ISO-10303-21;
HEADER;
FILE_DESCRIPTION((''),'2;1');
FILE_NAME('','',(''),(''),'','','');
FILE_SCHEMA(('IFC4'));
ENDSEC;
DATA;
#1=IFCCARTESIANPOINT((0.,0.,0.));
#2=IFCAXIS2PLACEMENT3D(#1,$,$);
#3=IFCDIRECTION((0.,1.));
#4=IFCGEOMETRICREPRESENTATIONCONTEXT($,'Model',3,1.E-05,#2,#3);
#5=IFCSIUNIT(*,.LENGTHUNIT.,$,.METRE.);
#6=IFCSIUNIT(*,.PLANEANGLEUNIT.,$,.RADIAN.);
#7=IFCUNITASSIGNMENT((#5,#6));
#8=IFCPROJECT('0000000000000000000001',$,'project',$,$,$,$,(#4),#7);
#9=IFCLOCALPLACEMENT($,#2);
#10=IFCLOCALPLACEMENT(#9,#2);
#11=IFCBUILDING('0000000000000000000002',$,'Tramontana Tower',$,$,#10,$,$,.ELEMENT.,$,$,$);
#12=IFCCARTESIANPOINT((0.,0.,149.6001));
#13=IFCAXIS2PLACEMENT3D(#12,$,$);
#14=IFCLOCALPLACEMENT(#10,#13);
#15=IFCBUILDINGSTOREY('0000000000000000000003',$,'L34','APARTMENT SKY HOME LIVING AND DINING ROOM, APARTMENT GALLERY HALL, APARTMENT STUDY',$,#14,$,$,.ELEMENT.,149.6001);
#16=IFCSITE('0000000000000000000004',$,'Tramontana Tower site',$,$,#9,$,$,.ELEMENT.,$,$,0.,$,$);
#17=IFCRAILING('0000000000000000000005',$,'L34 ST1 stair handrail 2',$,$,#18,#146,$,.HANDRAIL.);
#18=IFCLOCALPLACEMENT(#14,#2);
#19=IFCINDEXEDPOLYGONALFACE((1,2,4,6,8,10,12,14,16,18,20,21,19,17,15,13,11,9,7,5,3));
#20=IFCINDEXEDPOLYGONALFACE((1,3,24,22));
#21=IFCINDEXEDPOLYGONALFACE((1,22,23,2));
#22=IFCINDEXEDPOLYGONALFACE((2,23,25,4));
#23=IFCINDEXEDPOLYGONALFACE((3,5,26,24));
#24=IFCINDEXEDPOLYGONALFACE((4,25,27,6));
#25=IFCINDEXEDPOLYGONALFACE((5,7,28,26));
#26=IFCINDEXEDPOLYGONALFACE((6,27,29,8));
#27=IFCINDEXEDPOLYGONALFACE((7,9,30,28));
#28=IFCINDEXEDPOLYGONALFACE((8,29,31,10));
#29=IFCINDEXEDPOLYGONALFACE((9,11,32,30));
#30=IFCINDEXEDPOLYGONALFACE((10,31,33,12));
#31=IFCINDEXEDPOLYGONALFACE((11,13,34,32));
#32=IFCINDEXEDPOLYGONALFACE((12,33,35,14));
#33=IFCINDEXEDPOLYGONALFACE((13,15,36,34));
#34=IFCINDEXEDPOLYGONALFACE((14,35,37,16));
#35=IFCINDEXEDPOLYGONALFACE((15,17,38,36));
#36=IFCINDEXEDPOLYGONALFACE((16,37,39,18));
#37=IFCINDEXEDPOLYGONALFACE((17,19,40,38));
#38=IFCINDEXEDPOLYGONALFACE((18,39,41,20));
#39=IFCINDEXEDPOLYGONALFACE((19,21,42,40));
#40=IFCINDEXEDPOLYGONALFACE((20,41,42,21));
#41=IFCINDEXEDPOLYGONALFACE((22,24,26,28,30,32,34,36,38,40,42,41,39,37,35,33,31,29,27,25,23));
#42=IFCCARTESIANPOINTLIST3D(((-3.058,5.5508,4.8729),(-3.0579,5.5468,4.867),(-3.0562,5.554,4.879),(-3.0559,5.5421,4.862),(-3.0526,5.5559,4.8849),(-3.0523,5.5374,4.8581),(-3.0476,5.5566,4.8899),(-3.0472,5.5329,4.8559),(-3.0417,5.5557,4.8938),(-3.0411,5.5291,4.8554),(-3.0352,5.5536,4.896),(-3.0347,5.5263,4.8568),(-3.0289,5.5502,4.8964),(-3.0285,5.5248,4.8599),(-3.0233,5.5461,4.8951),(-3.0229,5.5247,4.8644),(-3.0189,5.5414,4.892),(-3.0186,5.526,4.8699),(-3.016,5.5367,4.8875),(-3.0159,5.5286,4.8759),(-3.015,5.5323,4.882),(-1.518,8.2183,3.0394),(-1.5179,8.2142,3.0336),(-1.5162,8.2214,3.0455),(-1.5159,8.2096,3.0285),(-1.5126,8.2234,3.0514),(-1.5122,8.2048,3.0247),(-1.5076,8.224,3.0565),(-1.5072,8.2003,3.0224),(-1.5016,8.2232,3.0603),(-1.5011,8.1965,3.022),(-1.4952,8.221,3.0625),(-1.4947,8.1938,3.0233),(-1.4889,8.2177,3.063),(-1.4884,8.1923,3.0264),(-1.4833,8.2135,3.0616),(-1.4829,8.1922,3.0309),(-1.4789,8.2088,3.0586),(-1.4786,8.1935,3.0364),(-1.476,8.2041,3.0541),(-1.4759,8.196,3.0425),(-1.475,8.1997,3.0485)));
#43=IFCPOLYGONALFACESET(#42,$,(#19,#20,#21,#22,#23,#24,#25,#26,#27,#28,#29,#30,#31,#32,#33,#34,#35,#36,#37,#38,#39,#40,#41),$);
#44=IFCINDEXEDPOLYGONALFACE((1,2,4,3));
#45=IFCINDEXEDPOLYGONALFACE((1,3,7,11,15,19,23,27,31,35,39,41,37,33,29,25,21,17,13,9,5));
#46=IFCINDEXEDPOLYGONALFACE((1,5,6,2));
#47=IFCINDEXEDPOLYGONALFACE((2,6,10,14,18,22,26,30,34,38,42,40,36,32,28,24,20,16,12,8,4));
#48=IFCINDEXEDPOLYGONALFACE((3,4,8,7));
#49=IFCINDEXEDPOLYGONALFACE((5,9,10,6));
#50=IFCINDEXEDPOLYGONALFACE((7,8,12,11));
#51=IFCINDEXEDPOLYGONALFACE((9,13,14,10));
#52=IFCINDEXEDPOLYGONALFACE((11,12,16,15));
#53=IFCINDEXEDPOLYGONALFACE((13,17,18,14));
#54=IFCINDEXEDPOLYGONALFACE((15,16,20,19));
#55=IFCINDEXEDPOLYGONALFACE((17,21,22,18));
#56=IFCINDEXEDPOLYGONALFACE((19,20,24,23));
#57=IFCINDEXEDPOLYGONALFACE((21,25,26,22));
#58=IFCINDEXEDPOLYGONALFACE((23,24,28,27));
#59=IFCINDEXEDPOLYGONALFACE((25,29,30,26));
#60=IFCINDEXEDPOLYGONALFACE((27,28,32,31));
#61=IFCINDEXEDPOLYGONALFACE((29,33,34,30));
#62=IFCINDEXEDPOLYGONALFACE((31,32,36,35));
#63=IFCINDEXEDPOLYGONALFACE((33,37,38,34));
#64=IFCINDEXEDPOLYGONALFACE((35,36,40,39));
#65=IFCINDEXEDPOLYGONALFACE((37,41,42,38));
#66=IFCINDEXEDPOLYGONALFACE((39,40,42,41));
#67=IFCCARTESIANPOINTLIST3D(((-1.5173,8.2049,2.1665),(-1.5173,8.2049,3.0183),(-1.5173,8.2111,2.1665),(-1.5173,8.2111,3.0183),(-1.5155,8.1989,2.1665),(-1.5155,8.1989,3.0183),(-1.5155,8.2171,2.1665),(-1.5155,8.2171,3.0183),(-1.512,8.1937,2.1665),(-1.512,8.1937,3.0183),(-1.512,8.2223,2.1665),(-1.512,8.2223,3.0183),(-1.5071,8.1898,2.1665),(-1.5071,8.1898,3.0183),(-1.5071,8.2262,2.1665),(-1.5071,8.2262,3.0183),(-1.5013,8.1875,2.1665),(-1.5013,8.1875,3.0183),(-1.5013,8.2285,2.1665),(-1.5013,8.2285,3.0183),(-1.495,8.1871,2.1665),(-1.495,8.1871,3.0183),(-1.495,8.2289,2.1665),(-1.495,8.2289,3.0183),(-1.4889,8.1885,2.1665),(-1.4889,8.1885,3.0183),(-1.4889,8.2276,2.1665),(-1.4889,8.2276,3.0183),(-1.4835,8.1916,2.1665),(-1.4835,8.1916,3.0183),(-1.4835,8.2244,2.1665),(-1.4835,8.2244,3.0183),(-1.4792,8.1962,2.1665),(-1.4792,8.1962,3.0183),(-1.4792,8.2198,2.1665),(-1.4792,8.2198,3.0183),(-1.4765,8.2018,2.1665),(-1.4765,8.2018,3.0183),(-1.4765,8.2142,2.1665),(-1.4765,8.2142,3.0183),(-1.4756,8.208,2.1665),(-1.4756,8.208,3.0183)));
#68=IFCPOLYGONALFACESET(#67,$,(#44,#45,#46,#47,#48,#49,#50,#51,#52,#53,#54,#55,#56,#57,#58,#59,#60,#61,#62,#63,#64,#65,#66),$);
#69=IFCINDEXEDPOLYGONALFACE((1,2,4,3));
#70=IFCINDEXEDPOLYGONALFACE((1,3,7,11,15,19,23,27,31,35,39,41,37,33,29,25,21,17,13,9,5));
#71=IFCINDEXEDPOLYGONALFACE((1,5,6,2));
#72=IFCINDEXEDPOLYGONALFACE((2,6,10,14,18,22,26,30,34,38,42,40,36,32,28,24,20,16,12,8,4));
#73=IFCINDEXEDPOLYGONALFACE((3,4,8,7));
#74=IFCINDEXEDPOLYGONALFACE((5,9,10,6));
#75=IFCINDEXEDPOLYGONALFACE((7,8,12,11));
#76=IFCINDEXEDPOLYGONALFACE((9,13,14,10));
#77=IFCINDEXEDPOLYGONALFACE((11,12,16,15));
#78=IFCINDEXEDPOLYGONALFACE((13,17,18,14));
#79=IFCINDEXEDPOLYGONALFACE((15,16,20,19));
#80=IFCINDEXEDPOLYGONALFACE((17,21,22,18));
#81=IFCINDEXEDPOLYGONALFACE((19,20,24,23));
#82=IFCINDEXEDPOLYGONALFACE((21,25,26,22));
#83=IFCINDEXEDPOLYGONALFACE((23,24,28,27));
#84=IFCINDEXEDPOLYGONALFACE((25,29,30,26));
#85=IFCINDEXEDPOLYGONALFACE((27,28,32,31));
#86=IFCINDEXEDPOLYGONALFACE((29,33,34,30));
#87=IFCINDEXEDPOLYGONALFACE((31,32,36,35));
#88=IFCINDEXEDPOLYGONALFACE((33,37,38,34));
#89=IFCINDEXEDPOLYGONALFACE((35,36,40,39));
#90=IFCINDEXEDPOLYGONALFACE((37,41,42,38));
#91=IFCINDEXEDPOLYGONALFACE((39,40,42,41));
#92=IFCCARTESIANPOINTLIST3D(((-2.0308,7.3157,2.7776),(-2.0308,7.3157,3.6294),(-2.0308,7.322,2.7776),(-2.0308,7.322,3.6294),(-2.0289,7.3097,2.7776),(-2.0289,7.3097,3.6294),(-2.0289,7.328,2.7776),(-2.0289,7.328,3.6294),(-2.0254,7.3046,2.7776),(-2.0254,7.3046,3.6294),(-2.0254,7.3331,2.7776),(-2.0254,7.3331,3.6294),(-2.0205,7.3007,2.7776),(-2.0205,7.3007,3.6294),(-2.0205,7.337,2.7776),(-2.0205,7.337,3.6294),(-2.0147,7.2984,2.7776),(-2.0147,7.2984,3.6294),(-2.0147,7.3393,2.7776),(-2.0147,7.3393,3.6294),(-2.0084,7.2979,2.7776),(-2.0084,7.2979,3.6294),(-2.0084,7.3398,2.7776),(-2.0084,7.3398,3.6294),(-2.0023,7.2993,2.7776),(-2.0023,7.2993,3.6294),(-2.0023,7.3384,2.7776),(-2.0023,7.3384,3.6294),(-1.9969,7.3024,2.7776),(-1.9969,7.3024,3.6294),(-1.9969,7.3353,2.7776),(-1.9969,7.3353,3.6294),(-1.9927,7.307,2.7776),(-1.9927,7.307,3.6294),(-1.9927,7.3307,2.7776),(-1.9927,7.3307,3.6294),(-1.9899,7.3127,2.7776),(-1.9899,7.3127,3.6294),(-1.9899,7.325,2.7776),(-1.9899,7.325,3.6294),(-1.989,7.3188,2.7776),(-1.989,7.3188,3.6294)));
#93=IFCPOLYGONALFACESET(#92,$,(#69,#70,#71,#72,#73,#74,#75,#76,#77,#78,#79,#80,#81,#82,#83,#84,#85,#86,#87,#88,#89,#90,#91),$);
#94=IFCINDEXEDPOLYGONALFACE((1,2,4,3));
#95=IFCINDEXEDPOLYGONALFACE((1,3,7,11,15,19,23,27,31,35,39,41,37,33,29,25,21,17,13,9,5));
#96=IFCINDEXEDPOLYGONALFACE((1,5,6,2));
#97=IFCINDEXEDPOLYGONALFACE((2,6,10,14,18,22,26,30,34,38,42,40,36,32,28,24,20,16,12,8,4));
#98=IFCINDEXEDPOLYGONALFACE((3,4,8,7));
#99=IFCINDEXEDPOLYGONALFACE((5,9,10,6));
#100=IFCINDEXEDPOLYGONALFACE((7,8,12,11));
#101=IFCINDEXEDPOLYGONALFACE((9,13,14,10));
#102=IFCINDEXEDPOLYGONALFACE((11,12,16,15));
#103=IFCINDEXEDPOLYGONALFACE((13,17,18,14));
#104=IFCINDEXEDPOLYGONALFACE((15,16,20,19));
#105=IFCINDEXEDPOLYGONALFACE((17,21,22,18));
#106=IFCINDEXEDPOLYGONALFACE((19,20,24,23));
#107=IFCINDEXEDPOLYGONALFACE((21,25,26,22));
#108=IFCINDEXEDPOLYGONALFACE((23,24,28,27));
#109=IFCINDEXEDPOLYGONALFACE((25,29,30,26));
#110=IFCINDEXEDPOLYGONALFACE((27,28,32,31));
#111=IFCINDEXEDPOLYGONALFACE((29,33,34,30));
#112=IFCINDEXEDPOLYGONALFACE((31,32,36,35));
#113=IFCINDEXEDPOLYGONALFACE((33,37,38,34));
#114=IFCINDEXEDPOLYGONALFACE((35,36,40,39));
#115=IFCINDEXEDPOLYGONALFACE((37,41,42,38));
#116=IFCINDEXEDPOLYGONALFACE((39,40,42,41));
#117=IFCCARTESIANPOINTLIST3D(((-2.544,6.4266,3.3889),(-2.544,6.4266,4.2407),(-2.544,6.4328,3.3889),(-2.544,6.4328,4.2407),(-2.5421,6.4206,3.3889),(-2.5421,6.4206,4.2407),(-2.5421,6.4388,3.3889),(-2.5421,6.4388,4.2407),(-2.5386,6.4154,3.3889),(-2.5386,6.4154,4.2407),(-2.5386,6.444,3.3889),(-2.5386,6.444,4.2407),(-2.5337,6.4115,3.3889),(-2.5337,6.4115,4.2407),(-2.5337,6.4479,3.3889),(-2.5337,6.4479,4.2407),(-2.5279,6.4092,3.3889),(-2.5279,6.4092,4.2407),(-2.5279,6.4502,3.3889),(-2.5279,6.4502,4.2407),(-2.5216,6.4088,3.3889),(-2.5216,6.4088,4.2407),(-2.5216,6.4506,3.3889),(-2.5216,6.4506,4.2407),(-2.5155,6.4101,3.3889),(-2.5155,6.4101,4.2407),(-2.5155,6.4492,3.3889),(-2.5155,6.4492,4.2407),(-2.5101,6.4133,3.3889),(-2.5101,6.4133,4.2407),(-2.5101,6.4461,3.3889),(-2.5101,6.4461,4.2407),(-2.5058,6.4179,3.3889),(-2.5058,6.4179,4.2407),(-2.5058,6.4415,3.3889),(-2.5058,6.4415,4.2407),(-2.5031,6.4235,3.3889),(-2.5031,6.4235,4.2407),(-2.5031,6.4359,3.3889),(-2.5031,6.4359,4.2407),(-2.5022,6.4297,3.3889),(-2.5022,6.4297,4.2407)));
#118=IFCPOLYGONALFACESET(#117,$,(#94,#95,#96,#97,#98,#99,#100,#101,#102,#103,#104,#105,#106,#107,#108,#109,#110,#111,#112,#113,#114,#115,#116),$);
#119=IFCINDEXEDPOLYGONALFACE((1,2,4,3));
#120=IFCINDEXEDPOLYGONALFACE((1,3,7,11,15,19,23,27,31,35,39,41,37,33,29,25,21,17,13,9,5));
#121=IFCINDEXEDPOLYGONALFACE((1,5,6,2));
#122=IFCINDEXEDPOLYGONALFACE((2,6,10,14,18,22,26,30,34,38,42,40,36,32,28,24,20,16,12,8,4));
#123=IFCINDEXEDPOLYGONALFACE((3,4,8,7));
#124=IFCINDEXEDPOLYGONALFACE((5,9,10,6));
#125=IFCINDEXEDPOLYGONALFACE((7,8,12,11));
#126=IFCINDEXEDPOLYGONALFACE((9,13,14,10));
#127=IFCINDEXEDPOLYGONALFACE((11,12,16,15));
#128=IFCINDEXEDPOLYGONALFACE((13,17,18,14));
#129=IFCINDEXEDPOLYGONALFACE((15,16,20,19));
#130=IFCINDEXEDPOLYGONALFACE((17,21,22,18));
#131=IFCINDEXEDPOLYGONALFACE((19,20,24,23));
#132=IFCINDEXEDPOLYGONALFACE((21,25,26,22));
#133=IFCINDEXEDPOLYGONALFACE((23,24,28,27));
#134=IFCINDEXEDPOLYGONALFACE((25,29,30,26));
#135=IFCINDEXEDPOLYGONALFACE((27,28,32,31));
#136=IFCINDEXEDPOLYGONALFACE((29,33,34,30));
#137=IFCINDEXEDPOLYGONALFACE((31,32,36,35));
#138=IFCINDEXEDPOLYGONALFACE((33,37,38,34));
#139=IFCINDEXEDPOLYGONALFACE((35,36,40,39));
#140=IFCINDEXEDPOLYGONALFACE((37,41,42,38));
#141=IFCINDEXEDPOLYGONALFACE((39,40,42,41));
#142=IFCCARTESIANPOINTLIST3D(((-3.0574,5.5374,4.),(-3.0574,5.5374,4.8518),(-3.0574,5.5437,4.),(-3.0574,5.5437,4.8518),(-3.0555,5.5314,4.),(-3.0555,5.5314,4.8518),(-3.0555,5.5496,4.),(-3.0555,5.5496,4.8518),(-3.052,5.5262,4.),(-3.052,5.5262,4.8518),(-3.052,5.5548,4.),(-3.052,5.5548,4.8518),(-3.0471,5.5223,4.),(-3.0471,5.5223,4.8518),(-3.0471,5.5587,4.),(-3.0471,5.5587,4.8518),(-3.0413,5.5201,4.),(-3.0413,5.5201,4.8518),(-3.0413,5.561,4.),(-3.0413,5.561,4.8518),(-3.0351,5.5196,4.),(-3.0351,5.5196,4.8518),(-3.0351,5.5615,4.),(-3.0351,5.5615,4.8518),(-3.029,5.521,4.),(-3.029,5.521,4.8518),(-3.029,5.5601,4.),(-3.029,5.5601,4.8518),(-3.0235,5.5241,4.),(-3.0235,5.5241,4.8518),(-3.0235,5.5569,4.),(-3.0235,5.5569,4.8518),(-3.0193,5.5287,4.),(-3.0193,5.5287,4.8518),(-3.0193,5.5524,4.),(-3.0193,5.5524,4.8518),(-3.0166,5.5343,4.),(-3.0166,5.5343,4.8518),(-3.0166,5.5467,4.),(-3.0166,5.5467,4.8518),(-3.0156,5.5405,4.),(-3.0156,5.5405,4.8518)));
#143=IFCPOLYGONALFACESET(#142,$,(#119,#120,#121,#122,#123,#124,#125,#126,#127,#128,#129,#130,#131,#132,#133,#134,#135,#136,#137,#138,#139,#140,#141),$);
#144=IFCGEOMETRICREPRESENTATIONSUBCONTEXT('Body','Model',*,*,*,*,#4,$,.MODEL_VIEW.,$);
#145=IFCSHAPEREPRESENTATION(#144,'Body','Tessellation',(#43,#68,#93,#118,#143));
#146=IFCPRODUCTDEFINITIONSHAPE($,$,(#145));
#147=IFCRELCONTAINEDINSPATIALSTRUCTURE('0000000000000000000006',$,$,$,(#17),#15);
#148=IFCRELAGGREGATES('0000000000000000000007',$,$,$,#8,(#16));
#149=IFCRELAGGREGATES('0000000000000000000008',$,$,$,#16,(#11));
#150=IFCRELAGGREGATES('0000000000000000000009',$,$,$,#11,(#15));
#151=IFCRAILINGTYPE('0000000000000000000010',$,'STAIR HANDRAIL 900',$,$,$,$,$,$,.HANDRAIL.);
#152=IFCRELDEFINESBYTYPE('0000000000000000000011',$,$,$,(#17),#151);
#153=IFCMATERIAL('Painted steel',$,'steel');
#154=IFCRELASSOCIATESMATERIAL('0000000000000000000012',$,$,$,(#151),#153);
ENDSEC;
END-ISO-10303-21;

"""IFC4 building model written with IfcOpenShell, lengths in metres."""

from ifc_helpers import new_model, si_unit, direction, frame, origin, origin_2d, place, context, subcontext, project, spatial, circle, extrude, material, type_object, element, save


model = new_model("IFC4")

# Units and contexts
model_context = context("Model", 3, precision=1e-05, world=origin(), true_north=direction((0.0, 1.0)))
body_context = subcontext(model_context, "Body", "Model", "MODEL_VIEW")
ifc_project = project(units=[si_unit("LENGTHUNIT", "METRE"), si_unit("PLANEANGLEUNIT", "RADIAN")], contexts=[model_context])

# Site, building, storey
site_placement = place(None, origin())
site = spatial("IfcSite", under=ifc_project, at=site_placement, Name="Tramontana Tower site", CompositionType="ELEMENT", RefElevation=0.0)
building_placement = place(site_placement, origin())
building = spatial("IfcBuilding", under=site, at=building_placement, Name="Tramontana Tower", CompositionType="ELEMENT")
storey_placement = place(building_placement, frame((0.0, 0.0, 149.6001)))
storey = spatial("IfcBuildingStorey", under=building, at=storey_placement, Name="L34", Description="APARTMENT SKY HOME LIVING AND DINING ROOM, APARTMENT GALLERY HALL, APARTMENT STUDY", CompositionType="ELEMENT", Elevation=149.6001)

# Railing
ifc_material_1 = material(Name="Painted steel", Category="steel")
railing_type_1 = type_object("IfcRailingType", Name="STAIR HANDRAIL 900", PredefinedType="HANDRAIL", material=ifc_material_1)
railing_1_placement = place(storey_placement, frame((-1.4966, 8.208, 2.1665)))
element("IfcRailing", 1, at=railing_1_placement, inside=storey, type_object=railing_type_1, Name="L34 ST1 stair handrail 2", PredefinedType="HANDRAIL", context=body_context, shape_type="SweptSolid", body=[
    extrude(circle(Radius=0.0239, at=origin_2d()), frame((0.0, 0.0, 0.876), z_axis=(-0.429634, -0.744164, 0.511502), x_axis=(0.86603, -0.499992, 0.0)), (0.0, 0.0, 1.0), 3.5845),
    extrude(circle(Radius=0.021, at=origin_2d()), origin(), (0.0, 0.0, 1.0), 0.8518),
    extrude(circle(Radius=0.021, at=origin_2d()), frame((-0.5134, -0.8892, 0.6111)), (0.0, 0.0, 1.0), 0.8518),
    extrude(circle(Radius=0.021, at=origin_2d()), frame((-1.0266, -1.7783, 1.2224)), (0.0, 0.0, 1.0), 0.8518),
    extrude(circle(Radius=0.021, at=origin_2d()), frame((-1.54, -2.6675, 1.8335)), (0.0, 0.0, 1.0), 0.8518),
])

save(model, "model.ifc")
